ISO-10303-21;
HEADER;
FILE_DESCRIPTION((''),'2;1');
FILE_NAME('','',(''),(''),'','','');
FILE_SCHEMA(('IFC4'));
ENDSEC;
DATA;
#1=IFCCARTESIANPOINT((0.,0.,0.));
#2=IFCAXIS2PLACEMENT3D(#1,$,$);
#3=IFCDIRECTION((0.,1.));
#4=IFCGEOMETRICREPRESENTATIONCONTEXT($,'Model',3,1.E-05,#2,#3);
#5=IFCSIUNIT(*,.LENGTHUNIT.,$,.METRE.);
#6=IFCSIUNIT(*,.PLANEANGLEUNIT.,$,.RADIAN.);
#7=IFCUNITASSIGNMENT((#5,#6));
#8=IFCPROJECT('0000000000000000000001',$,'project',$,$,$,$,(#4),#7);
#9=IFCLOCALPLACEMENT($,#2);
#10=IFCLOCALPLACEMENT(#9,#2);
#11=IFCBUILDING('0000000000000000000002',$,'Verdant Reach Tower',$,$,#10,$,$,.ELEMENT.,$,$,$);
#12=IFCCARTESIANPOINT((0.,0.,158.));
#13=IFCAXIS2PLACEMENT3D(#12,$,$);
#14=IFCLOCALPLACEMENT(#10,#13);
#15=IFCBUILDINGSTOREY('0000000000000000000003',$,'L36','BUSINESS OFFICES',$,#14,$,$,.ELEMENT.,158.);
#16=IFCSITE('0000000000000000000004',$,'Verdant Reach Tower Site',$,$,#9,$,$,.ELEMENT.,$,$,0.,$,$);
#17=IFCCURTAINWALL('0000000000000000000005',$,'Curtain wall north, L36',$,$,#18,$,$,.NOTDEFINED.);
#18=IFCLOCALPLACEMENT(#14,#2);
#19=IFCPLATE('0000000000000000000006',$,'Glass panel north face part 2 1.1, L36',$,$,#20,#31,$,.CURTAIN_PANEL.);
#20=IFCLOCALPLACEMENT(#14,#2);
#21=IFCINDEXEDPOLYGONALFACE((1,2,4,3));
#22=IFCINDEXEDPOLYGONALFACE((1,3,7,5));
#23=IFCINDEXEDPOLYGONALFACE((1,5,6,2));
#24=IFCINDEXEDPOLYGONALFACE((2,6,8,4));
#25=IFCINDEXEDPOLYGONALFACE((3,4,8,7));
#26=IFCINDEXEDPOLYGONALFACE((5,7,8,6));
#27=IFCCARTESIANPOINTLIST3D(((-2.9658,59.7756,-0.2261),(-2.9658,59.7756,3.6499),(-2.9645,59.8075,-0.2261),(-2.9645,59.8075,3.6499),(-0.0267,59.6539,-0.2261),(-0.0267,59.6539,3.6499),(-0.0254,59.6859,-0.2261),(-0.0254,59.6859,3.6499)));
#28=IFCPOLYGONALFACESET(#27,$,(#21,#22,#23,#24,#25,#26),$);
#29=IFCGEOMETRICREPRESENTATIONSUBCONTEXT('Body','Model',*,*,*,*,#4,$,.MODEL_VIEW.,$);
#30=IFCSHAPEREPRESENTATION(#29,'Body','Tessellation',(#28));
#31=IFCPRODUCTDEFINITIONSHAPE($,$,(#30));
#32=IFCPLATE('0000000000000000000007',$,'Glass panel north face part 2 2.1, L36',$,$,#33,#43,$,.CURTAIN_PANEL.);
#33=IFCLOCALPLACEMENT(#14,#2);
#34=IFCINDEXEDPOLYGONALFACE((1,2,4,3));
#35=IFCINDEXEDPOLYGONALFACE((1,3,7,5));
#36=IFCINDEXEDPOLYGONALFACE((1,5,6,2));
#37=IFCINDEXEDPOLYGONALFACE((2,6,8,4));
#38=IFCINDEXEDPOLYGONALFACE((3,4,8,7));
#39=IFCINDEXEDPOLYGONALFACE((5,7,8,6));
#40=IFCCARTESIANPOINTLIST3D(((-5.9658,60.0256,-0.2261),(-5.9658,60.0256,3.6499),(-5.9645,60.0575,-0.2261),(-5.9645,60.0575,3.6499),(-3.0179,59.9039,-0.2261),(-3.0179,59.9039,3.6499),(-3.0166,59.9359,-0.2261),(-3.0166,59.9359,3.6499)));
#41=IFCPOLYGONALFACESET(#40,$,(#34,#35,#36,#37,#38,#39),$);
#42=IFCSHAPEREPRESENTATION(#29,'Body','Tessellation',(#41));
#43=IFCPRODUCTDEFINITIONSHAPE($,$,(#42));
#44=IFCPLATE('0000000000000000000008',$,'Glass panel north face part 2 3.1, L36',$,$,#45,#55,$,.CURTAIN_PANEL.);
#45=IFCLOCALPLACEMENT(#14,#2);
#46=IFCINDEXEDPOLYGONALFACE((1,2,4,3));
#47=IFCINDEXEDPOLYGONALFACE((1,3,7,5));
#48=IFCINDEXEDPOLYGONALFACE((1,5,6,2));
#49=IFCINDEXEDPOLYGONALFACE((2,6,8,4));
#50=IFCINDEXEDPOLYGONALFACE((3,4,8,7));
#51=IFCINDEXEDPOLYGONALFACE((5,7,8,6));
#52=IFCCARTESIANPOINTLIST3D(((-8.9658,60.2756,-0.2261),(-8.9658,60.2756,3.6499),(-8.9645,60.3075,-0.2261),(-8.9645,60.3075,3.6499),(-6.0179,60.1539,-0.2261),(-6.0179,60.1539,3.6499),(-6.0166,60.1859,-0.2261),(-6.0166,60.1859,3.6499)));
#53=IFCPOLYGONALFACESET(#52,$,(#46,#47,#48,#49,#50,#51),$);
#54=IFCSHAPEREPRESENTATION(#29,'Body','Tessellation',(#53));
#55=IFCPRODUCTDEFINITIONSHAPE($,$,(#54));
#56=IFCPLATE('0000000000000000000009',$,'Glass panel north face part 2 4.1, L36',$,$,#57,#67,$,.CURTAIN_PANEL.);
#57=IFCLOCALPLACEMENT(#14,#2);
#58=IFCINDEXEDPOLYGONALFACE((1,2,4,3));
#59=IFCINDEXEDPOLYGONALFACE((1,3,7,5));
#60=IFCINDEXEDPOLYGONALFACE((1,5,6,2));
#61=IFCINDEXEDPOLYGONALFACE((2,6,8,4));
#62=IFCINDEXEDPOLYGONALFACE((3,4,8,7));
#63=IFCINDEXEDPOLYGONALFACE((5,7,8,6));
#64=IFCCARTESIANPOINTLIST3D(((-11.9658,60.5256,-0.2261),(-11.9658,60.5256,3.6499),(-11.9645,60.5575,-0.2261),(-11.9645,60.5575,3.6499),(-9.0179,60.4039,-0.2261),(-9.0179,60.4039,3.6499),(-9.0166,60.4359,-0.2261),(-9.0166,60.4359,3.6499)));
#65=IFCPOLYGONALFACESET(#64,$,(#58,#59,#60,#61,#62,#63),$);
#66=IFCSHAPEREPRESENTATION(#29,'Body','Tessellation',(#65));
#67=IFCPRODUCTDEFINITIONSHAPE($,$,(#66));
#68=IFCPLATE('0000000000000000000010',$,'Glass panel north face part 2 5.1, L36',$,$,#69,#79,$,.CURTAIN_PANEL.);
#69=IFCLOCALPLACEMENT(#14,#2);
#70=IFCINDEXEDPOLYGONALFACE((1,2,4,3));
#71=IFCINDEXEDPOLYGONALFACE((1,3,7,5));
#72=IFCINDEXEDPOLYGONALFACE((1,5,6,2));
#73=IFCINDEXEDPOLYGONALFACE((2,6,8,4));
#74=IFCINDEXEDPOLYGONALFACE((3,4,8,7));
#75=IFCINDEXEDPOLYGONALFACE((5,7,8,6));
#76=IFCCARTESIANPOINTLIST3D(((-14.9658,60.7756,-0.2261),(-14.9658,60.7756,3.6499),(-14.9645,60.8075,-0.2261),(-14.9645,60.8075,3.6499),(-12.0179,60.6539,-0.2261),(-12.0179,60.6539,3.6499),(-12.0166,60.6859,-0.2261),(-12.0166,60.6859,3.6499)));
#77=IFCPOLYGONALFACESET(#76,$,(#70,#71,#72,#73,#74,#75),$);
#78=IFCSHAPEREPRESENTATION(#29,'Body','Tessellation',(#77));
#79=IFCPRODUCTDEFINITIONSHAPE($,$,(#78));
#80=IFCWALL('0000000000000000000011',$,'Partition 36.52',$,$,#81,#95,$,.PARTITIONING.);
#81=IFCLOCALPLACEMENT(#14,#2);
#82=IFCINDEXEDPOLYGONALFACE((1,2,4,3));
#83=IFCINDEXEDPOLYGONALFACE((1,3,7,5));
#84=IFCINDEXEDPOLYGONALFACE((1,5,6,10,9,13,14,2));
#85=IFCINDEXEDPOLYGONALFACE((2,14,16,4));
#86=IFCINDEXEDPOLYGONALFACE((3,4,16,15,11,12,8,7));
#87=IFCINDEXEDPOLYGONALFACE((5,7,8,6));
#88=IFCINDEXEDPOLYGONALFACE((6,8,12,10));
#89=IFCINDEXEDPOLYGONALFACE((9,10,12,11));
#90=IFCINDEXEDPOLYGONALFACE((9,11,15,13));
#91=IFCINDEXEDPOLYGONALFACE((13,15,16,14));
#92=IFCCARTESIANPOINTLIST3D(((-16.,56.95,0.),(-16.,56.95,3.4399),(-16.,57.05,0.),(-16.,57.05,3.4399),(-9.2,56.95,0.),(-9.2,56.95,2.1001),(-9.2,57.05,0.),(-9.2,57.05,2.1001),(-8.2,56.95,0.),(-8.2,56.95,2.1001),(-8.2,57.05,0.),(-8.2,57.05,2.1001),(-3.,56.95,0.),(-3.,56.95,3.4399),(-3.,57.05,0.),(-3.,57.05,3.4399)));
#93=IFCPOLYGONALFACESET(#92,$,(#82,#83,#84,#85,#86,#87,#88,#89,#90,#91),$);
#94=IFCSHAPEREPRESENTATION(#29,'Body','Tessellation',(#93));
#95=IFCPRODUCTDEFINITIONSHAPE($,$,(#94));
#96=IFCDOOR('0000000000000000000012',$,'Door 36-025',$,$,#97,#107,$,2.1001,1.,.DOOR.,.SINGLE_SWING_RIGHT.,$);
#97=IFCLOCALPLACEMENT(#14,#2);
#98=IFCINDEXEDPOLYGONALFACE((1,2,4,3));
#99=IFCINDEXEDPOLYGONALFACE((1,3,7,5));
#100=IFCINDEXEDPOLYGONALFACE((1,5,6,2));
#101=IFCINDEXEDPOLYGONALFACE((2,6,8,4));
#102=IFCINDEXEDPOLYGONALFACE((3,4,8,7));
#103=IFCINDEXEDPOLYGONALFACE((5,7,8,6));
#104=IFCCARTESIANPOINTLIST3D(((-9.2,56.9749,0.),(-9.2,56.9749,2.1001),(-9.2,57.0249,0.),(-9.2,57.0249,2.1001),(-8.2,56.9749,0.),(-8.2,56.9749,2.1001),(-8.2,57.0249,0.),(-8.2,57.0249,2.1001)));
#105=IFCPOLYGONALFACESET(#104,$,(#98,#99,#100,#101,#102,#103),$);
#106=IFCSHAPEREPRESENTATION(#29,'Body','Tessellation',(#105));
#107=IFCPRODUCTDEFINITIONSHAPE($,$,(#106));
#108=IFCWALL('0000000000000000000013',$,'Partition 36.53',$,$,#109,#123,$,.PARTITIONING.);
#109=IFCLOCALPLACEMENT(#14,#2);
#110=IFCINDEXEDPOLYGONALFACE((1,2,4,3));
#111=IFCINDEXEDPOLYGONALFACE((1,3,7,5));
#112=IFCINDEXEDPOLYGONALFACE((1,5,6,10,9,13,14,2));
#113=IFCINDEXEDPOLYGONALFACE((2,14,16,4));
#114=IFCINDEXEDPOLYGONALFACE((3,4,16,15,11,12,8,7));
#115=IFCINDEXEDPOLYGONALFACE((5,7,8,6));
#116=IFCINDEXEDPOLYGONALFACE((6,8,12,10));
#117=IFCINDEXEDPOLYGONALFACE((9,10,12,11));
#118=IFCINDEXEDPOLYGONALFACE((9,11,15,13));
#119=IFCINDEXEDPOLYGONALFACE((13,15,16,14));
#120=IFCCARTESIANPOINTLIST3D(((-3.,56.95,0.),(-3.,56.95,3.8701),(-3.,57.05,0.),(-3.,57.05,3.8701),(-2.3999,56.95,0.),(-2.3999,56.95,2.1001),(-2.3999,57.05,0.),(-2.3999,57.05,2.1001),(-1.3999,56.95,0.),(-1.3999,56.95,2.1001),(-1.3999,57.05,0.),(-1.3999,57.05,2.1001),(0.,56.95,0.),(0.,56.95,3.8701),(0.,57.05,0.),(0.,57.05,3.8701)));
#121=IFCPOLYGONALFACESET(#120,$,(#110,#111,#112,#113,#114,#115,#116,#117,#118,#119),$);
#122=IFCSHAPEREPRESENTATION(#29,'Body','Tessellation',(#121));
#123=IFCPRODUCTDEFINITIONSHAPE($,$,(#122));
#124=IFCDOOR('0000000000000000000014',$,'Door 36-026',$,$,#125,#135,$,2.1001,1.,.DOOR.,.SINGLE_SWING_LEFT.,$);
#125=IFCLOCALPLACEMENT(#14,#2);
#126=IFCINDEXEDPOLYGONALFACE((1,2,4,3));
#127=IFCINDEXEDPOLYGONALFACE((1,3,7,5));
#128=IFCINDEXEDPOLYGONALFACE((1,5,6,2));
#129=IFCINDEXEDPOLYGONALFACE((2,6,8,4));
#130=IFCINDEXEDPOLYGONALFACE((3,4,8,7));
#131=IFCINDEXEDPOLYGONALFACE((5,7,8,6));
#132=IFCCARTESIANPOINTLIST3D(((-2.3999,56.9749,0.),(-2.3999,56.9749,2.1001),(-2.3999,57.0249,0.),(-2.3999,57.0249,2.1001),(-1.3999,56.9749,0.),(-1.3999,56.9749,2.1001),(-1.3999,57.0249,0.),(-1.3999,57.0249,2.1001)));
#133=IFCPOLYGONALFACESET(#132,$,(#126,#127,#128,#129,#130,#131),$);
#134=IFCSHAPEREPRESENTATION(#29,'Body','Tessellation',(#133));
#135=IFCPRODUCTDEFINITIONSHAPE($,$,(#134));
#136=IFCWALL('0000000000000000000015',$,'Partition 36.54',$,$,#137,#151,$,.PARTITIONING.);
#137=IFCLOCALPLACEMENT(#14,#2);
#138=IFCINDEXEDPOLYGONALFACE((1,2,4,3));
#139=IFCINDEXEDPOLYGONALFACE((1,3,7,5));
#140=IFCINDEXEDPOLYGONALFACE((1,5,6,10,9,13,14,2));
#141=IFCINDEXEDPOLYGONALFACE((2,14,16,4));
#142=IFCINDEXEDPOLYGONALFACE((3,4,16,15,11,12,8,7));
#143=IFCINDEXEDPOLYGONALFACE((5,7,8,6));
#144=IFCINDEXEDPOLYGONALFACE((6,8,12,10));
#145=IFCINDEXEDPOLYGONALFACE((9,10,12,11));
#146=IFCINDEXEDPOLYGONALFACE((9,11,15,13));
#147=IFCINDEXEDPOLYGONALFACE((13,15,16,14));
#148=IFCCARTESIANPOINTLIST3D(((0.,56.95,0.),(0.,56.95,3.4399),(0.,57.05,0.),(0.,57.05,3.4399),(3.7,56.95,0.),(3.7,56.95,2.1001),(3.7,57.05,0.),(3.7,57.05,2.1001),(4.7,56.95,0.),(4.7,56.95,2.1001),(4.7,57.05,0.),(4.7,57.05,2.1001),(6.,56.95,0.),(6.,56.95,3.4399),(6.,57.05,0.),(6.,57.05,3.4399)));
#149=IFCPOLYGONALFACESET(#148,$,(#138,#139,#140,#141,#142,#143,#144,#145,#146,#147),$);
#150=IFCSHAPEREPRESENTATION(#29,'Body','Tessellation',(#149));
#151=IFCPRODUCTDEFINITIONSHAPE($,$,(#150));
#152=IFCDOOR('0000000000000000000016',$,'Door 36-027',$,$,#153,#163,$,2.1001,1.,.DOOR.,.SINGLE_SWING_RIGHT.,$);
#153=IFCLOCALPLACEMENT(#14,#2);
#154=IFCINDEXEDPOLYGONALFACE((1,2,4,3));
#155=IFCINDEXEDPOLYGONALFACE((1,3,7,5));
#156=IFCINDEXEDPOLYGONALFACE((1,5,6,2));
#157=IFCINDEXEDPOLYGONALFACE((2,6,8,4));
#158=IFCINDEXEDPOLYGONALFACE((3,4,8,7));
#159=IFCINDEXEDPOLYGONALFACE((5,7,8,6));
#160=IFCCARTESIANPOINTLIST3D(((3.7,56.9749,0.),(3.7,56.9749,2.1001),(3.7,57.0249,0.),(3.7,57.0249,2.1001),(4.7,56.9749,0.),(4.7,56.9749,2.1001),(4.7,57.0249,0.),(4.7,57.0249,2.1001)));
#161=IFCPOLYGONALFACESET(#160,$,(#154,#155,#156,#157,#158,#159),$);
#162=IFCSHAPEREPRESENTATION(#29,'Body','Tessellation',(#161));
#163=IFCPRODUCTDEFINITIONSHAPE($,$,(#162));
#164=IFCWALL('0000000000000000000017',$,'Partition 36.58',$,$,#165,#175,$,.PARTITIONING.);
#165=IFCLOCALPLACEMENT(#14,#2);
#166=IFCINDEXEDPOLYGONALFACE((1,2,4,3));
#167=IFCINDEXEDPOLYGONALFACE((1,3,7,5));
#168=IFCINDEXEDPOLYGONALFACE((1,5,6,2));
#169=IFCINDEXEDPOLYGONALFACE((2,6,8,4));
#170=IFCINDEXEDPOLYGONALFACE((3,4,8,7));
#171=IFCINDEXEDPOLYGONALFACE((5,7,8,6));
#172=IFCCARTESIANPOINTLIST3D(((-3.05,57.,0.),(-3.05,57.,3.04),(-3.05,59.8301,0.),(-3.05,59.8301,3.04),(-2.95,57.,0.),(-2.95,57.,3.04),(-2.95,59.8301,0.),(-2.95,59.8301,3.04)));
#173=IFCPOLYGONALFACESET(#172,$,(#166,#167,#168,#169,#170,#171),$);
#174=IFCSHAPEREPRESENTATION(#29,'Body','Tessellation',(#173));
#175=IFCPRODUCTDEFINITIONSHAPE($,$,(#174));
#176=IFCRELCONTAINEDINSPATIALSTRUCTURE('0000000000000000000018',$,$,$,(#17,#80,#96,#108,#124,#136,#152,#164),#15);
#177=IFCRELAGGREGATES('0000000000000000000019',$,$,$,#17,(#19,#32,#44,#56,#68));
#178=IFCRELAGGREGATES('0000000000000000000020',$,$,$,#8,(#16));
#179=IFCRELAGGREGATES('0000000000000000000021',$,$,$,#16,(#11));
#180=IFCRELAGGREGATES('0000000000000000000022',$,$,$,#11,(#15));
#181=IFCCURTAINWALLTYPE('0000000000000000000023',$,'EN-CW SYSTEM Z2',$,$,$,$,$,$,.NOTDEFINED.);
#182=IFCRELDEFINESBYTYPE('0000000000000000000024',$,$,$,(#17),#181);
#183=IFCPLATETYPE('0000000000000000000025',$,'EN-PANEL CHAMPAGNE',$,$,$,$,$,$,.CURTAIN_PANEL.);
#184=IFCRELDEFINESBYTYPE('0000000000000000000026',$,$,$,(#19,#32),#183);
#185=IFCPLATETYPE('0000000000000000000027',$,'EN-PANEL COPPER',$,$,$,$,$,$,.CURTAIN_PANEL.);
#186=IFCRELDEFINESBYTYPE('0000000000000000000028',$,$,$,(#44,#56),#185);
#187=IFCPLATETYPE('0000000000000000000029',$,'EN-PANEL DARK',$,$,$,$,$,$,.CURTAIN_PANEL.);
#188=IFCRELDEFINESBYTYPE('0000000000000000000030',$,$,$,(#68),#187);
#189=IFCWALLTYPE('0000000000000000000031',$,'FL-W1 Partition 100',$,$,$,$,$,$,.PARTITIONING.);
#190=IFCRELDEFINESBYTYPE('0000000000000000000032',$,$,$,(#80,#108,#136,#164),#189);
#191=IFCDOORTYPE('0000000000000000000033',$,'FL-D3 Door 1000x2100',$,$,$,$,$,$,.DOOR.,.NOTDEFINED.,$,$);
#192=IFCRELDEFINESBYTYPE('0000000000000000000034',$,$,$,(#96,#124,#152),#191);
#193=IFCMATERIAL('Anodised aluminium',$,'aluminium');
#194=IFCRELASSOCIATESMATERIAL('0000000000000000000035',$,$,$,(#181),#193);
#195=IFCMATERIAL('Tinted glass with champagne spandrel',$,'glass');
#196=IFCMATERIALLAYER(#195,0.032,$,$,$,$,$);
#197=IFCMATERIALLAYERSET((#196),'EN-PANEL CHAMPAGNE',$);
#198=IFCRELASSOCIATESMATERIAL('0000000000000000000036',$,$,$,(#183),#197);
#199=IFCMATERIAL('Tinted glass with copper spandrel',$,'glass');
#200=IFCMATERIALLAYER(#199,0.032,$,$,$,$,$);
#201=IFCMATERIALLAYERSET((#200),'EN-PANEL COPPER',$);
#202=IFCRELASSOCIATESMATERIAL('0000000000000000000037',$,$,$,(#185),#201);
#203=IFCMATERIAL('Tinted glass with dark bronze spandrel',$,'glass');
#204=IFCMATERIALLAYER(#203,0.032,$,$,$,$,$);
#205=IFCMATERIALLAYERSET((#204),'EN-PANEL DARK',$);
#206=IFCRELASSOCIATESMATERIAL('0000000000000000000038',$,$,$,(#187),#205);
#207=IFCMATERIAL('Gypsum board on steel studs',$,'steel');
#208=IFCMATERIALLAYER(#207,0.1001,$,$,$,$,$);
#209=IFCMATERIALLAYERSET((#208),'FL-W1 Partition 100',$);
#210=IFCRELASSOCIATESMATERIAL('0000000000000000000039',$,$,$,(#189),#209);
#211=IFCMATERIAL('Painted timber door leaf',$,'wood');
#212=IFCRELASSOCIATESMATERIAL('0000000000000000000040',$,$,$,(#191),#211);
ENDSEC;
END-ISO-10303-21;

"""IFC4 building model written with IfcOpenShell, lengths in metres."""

from ifc_helpers import new_model, si_unit, direction, frame, frame_2d, origin, origin_2d, place, context, subcontext, project, spatial, rectangle, extrude, material, layer, layer_set, type_object, element, fill, aggregate, save


model = new_model("IFC4")

# Units and contexts
model_context = context("Model", 3, precision=1e-05, world=origin(), true_north=direction((0.0, 1.0)))
body_context = subcontext(model_context, "Body", "Model", "MODEL_VIEW")
ifc_project = project(units=[si_unit("LENGTHUNIT", "METRE"), si_unit("PLANEANGLEUNIT", "RADIAN")], contexts=[model_context])

# Site, building, storey
site_placement = place(None, origin())
site = spatial("IfcSite", under=ifc_project, at=site_placement, Name="Verdant Reach Tower Site", CompositionType="ELEMENT", RefElevation=0.0)
building_placement = place(site_placement, origin())
building = spatial("IfcBuilding", under=site, at=building_placement, Name="Verdant Reach Tower", CompositionType="ELEMENT")
storey_placement = place(building_placement, frame((0.0, 0.0, 158.0)))
storey = spatial("IfcBuildingStorey", under=building, at=storey_placement, Name="L36", Description="BUSINESS OFFICES", CompositionType="ELEMENT", Elevation=158.0)

# Curtain wall
ifc_material_1 = material(Name="Anodised aluminium", Category="aluminium")
curtain_wall_type = type_object("IfcCurtainWallType", Name="EN-CW SYSTEM Z2", PredefinedType="NOTDEFINED", material=ifc_material_1)
curtain_wall_placement = place(storey_placement, origin())
curtain_wall = element("IfcCurtainWall", 1, at=curtain_wall_placement, inside=storey, type_object=curtain_wall_type, Name="Curtain wall north, L36", PredefinedType="NOTDEFINED")

# Plates
ifc_material_2 = material(Name="Tinted glass with champagne spandrel", Category="glass")
ifc_layer_1 = layer(ifc_material_2, 0.032)
ifc_layer_set_1 = layer_set([ifc_layer_1], Name="EN-PANEL CHAMPAGNE")
plate_type_1 = type_object("IfcPlateType", Name="EN-PANEL CHAMPAGNE", PredefinedType="CURTAIN_PANEL", material=ifc_layer_set_1)
plate_1_placement = place(storey_placement, frame((-1.4956, 59.7307, -0.2261), z_axis=(0.0, 0.0, 1.0), x_axis=(-0.999144, 0.041364, 0.0)))
plate_1 = element("IfcPlate", 2, at=plate_1_placement, type_object=plate_type_1, Name="Glass panel north face part 2 1.1, L36", PredefinedType="CURTAIN_PANEL", context=body_context, shape_type="SweptSolid", body=[
    extrude(rectangle(XDim=2.9417, YDim=0.032, at=origin_2d()), origin(), (0.0, 0.0, 1.0), 3.876),
])
plate_2_placement = place(storey_placement, frame((-4.4912, 59.9807, -0.2261), z_axis=(0.0, 0.0, 1.0), x_axis=(-0.999149, 0.041242, 0.0)))
plate_2 = element("IfcPlate", 3, at=plate_2_placement, type_object=plate_type_1, Name="Glass panel north face part 2 2.1, L36", PredefinedType="CURTAIN_PANEL", context=body_context, shape_type="SweptSolid", body=[
    extrude(rectangle(XDim=2.9504, YDim=0.032, at=origin_2d()), origin(), (0.0, 0.0, 1.0), 3.876),
])
ifc_material_3 = material(Name="Tinted glass with copper spandrel", Category="glass")
ifc_layer_2 = layer(ifc_material_3, 0.032)
ifc_layer_set_2 = layer_set([ifc_layer_2], Name="EN-PANEL COPPER")
plate_type_2 = type_object("IfcPlateType", Name="EN-PANEL COPPER", PredefinedType="CURTAIN_PANEL", material=ifc_layer_set_2)
plate_3_placement = place(storey_placement, frame((-7.4912, 60.2307, -0.2261), z_axis=(0.0, 0.0, 1.0), x_axis=(-0.999149, 0.041242, 0.0)))
plate_3 = element("IfcPlate", 4, at=plate_3_placement, type_object=plate_type_2, Name="Glass panel north face part 2 3.1, L36", PredefinedType="CURTAIN_PANEL", context=body_context, shape_type="SweptSolid", body=[
    extrude(rectangle(XDim=2.9504, YDim=0.032, at=origin_2d()), origin(), (0.0, 0.0, 1.0), 3.876),
])
plate_4_placement = place(storey_placement, frame((-10.4912, 60.4807, -0.2261), z_axis=(0.0, 0.0, 1.0), x_axis=(-0.999149, 0.041242, 0.0)))
plate_4 = element("IfcPlate", 5, at=plate_4_placement, type_object=plate_type_2, Name="Glass panel north face part 2 4.1, L36", PredefinedType="CURTAIN_PANEL", context=body_context, shape_type="SweptSolid", body=[
    extrude(rectangle(XDim=2.9504, YDim=0.032, at=origin_2d()), origin(), (0.0, 0.0, 1.0), 3.876),
])
ifc_material_4 = material(Name="Tinted glass with dark bronze spandrel", Category="glass")
ifc_layer_3 = layer(ifc_material_4, 0.032)
ifc_layer_set_3 = layer_set([ifc_layer_3], Name="EN-PANEL DARK")
plate_type_3 = type_object("IfcPlateType", Name="EN-PANEL DARK", PredefinedType="CURTAIN_PANEL", material=ifc_layer_set_3)
plate_5_placement = place(storey_placement, frame((-13.4912, 60.7307, -0.2261), z_axis=(0.0, 0.0, 1.0), x_axis=(-0.999149, 0.041242, 0.0)))
plate_5 = element("IfcPlate", 6, at=plate_5_placement, type_object=plate_type_3, Name="Glass panel north face part 2 5.1, L36", PredefinedType="CURTAIN_PANEL", context=body_context, shape_type="SweptSolid", body=[
    extrude(rectangle(XDim=2.9504, YDim=0.032, at=origin_2d()), origin(), (0.0, 0.0, 1.0), 3.876),
])
aggregate(curtain_wall, [plate_1, plate_2, plate_3, plate_4, plate_5])

# Walls, openings, doors
ifc_material_5 = material(Name="Gypsum board on steel studs", Category="steel")
ifc_layer_4 = layer(ifc_material_5, 0.1001)
ifc_layer_set_4 = layer_set([ifc_layer_4], Name="FL-W1 Partition 100")
wall_type = type_object("IfcWallType", Name="FL-W1 Partition 100", PredefinedType="PARTITIONING", material=ifc_layer_set_4)
wall_1_placement = place(storey_placement, frame((-16.0, 57.0, 0.0), z_axis=(0.0, 0.0, 1.0), x_axis=(1.0, 0.0, 0.0)))
wall_1 = element("IfcWall", 7, at=wall_1_placement, inside=storey, type_object=wall_type, Name="Partition 36.52", PredefinedType="PARTITIONING", context=body_context, shape_type="SweptSolid", body=[
    extrude(rectangle(XDim=13.0, YDim=0.1001, at=frame_2d((6.5, 0.0))), origin(), (0.0, 0.0, 1.0), 3.4399),
])
opening_1_placement = place(wall_1_placement, frame((6.8, 0.0, 0.0)))
opening_1 = element("IfcOpeningElement", 8, at=opening_1_placement, cuts=wall_1, PredefinedType="OPENING", context=body_context, shape_type="SweptSolid", body=[
    extrude(rectangle(XDim=1.0, YDim=2.1001, at=frame_2d((0.5, 1.05))), frame((0.0, 0.0601, 0.0), z_axis=(0.0, -1.0, 0.0), x_axis=(1.0, 0.0, 0.0)), (0.0, 0.0, 1.0), 0.1201),
])
ifc_material_6 = material(Name="Painted timber door leaf", Category="wood")
door_type = type_object("IfcDoorType", Name="FL-D3 Door 1000x2100", OperationType="NOTDEFINED", PredefinedType="DOOR", material=ifc_material_6)
door_1_placement = place(opening_1_placement, origin())
door_1 = element("IfcDoor", 9, at=door_1_placement, inside=storey, type_object=door_type, Name="Door 36-025", OperationType="SINGLE_SWING_RIGHT", OverallHeight=2.1001, OverallWidth=1.0, PredefinedType="DOOR", context=body_context, shape_type="SweptSolid", body=[
    extrude(rectangle(XDim=1.0, YDim=2.1001, at=frame_2d((0.5, 1.05))), frame((0.0, 0.0249, 0.0), z_axis=(0.0, -1.0, 0.0), x_axis=(1.0, 0.0, 0.0)), (0.0, 0.0, 1.0), 0.05),
])
fill(opening_1, door_1)
wall_2_placement = place(storey_placement, frame((-3.0, 57.0, 0.0), z_axis=(0.0, 0.0, 1.0), x_axis=(1.0, 0.0, 0.0)))
wall_2 = element("IfcWall", 10, at=wall_2_placement, inside=storey, type_object=wall_type, Name="Partition 36.53", PredefinedType="PARTITIONING", context=body_context, shape_type="SweptSolid", body=[
    extrude(rectangle(XDim=3.0, YDim=0.1001, at=frame_2d((1.5, 0.0))), origin(), (0.0, 0.0, 1.0), 3.8701),
])
opening_2_placement = place(wall_2_placement, frame((0.6001, 0.0, 0.0)))
opening_2 = element("IfcOpeningElement", 11, at=opening_2_placement, cuts=wall_2, PredefinedType="OPENING", context=body_context, shape_type="SweptSolid", body=[
    extrude(rectangle(XDim=1.0, YDim=2.1001, at=frame_2d((0.5, 1.05))), frame((0.0, 0.0601, 0.0), z_axis=(0.0, -1.0, 0.0), x_axis=(1.0, 0.0, 0.0)), (0.0, 0.0, 1.0), 0.1201),
])
door_2_placement = place(opening_2_placement, origin())
door_2 = element("IfcDoor", 12, at=door_2_placement, inside=storey, type_object=door_type, Name="Door 36-026", OperationType="SINGLE_SWING_LEFT", OverallHeight=2.1001, OverallWidth=1.0, PredefinedType="DOOR", context=body_context, shape_type="SweptSolid", body=[
    extrude(rectangle(XDim=1.0, YDim=2.1001, at=frame_2d((0.5, 1.05))), frame((0.0, 0.0249, 0.0), z_axis=(0.0, -1.0, 0.0), x_axis=(1.0, 0.0, 0.0)), (0.0, 0.0, 1.0), 0.05),
])
fill(opening_2, door_2)
wall_3_placement = place(storey_placement, frame((0.0, 57.0, 0.0), z_axis=(0.0, 0.0, 1.0), x_axis=(1.0, 0.0, 0.0)))
wall_3 = element("IfcWall", 13, at=wall_3_placement, inside=storey, type_object=wall_type, Name="Partition 36.54", PredefinedType="PARTITIONING", context=body_context, shape_type="SweptSolid", body=[
    extrude(rectangle(XDim=6.0, YDim=0.1001, at=frame_2d((3.0, 0.0))), origin(), (0.0, 0.0, 1.0), 3.4399),
])
opening_3_placement = place(wall_3_placement, frame((3.7, 0.0, 0.0)))
opening_3 = element("IfcOpeningElement", 14, at=opening_3_placement, cuts=wall_3, PredefinedType="OPENING", context=body_context, shape_type="SweptSolid", body=[
    extrude(rectangle(XDim=1.0, YDim=2.1001, at=frame_2d((0.5, 1.05))), frame((0.0, 0.0601, 0.0), z_axis=(0.0, -1.0, 0.0), x_axis=(1.0, 0.0, 0.0)), (0.0, 0.0, 1.0), 0.1201),
])
door_3_placement = place(opening_3_placement, origin())
door_3 = element("IfcDoor", 15, at=door_3_placement, inside=storey, type_object=door_type, Name="Door 36-027", OperationType="SINGLE_SWING_RIGHT", OverallHeight=2.1001, OverallWidth=1.0, PredefinedType="DOOR", context=body_context, shape_type="SweptSolid", body=[
    extrude(rectangle(XDim=1.0, YDim=2.1001, at=frame_2d((0.5, 1.05))), frame((0.0, 0.0249, 0.0), z_axis=(0.0, -1.0, 0.0), x_axis=(1.0, 0.0, 0.0)), (0.0, 0.0, 1.0), 0.05),
])
fill(opening_3, door_3)

# Wall
wall_4_placement = place(storey_placement, frame((-3.0, 57.0, 0.0), z_axis=(0.0, 0.0, 1.0), x_axis=(0.0, 1.0, 0.0)))
element("IfcWall", 16, at=wall_4_placement, inside=storey, type_object=wall_type, Name="Partition 36.58", PredefinedType="PARTITIONING", context=body_context, shape_type="SweptSolid", body=[
    extrude(rectangle(XDim=2.8301, YDim=0.1001, at=frame_2d((1.415, 0.0))), origin(), (0.0, 0.0, 1.0), 3.04),
])

save(model, "model.ifc")
